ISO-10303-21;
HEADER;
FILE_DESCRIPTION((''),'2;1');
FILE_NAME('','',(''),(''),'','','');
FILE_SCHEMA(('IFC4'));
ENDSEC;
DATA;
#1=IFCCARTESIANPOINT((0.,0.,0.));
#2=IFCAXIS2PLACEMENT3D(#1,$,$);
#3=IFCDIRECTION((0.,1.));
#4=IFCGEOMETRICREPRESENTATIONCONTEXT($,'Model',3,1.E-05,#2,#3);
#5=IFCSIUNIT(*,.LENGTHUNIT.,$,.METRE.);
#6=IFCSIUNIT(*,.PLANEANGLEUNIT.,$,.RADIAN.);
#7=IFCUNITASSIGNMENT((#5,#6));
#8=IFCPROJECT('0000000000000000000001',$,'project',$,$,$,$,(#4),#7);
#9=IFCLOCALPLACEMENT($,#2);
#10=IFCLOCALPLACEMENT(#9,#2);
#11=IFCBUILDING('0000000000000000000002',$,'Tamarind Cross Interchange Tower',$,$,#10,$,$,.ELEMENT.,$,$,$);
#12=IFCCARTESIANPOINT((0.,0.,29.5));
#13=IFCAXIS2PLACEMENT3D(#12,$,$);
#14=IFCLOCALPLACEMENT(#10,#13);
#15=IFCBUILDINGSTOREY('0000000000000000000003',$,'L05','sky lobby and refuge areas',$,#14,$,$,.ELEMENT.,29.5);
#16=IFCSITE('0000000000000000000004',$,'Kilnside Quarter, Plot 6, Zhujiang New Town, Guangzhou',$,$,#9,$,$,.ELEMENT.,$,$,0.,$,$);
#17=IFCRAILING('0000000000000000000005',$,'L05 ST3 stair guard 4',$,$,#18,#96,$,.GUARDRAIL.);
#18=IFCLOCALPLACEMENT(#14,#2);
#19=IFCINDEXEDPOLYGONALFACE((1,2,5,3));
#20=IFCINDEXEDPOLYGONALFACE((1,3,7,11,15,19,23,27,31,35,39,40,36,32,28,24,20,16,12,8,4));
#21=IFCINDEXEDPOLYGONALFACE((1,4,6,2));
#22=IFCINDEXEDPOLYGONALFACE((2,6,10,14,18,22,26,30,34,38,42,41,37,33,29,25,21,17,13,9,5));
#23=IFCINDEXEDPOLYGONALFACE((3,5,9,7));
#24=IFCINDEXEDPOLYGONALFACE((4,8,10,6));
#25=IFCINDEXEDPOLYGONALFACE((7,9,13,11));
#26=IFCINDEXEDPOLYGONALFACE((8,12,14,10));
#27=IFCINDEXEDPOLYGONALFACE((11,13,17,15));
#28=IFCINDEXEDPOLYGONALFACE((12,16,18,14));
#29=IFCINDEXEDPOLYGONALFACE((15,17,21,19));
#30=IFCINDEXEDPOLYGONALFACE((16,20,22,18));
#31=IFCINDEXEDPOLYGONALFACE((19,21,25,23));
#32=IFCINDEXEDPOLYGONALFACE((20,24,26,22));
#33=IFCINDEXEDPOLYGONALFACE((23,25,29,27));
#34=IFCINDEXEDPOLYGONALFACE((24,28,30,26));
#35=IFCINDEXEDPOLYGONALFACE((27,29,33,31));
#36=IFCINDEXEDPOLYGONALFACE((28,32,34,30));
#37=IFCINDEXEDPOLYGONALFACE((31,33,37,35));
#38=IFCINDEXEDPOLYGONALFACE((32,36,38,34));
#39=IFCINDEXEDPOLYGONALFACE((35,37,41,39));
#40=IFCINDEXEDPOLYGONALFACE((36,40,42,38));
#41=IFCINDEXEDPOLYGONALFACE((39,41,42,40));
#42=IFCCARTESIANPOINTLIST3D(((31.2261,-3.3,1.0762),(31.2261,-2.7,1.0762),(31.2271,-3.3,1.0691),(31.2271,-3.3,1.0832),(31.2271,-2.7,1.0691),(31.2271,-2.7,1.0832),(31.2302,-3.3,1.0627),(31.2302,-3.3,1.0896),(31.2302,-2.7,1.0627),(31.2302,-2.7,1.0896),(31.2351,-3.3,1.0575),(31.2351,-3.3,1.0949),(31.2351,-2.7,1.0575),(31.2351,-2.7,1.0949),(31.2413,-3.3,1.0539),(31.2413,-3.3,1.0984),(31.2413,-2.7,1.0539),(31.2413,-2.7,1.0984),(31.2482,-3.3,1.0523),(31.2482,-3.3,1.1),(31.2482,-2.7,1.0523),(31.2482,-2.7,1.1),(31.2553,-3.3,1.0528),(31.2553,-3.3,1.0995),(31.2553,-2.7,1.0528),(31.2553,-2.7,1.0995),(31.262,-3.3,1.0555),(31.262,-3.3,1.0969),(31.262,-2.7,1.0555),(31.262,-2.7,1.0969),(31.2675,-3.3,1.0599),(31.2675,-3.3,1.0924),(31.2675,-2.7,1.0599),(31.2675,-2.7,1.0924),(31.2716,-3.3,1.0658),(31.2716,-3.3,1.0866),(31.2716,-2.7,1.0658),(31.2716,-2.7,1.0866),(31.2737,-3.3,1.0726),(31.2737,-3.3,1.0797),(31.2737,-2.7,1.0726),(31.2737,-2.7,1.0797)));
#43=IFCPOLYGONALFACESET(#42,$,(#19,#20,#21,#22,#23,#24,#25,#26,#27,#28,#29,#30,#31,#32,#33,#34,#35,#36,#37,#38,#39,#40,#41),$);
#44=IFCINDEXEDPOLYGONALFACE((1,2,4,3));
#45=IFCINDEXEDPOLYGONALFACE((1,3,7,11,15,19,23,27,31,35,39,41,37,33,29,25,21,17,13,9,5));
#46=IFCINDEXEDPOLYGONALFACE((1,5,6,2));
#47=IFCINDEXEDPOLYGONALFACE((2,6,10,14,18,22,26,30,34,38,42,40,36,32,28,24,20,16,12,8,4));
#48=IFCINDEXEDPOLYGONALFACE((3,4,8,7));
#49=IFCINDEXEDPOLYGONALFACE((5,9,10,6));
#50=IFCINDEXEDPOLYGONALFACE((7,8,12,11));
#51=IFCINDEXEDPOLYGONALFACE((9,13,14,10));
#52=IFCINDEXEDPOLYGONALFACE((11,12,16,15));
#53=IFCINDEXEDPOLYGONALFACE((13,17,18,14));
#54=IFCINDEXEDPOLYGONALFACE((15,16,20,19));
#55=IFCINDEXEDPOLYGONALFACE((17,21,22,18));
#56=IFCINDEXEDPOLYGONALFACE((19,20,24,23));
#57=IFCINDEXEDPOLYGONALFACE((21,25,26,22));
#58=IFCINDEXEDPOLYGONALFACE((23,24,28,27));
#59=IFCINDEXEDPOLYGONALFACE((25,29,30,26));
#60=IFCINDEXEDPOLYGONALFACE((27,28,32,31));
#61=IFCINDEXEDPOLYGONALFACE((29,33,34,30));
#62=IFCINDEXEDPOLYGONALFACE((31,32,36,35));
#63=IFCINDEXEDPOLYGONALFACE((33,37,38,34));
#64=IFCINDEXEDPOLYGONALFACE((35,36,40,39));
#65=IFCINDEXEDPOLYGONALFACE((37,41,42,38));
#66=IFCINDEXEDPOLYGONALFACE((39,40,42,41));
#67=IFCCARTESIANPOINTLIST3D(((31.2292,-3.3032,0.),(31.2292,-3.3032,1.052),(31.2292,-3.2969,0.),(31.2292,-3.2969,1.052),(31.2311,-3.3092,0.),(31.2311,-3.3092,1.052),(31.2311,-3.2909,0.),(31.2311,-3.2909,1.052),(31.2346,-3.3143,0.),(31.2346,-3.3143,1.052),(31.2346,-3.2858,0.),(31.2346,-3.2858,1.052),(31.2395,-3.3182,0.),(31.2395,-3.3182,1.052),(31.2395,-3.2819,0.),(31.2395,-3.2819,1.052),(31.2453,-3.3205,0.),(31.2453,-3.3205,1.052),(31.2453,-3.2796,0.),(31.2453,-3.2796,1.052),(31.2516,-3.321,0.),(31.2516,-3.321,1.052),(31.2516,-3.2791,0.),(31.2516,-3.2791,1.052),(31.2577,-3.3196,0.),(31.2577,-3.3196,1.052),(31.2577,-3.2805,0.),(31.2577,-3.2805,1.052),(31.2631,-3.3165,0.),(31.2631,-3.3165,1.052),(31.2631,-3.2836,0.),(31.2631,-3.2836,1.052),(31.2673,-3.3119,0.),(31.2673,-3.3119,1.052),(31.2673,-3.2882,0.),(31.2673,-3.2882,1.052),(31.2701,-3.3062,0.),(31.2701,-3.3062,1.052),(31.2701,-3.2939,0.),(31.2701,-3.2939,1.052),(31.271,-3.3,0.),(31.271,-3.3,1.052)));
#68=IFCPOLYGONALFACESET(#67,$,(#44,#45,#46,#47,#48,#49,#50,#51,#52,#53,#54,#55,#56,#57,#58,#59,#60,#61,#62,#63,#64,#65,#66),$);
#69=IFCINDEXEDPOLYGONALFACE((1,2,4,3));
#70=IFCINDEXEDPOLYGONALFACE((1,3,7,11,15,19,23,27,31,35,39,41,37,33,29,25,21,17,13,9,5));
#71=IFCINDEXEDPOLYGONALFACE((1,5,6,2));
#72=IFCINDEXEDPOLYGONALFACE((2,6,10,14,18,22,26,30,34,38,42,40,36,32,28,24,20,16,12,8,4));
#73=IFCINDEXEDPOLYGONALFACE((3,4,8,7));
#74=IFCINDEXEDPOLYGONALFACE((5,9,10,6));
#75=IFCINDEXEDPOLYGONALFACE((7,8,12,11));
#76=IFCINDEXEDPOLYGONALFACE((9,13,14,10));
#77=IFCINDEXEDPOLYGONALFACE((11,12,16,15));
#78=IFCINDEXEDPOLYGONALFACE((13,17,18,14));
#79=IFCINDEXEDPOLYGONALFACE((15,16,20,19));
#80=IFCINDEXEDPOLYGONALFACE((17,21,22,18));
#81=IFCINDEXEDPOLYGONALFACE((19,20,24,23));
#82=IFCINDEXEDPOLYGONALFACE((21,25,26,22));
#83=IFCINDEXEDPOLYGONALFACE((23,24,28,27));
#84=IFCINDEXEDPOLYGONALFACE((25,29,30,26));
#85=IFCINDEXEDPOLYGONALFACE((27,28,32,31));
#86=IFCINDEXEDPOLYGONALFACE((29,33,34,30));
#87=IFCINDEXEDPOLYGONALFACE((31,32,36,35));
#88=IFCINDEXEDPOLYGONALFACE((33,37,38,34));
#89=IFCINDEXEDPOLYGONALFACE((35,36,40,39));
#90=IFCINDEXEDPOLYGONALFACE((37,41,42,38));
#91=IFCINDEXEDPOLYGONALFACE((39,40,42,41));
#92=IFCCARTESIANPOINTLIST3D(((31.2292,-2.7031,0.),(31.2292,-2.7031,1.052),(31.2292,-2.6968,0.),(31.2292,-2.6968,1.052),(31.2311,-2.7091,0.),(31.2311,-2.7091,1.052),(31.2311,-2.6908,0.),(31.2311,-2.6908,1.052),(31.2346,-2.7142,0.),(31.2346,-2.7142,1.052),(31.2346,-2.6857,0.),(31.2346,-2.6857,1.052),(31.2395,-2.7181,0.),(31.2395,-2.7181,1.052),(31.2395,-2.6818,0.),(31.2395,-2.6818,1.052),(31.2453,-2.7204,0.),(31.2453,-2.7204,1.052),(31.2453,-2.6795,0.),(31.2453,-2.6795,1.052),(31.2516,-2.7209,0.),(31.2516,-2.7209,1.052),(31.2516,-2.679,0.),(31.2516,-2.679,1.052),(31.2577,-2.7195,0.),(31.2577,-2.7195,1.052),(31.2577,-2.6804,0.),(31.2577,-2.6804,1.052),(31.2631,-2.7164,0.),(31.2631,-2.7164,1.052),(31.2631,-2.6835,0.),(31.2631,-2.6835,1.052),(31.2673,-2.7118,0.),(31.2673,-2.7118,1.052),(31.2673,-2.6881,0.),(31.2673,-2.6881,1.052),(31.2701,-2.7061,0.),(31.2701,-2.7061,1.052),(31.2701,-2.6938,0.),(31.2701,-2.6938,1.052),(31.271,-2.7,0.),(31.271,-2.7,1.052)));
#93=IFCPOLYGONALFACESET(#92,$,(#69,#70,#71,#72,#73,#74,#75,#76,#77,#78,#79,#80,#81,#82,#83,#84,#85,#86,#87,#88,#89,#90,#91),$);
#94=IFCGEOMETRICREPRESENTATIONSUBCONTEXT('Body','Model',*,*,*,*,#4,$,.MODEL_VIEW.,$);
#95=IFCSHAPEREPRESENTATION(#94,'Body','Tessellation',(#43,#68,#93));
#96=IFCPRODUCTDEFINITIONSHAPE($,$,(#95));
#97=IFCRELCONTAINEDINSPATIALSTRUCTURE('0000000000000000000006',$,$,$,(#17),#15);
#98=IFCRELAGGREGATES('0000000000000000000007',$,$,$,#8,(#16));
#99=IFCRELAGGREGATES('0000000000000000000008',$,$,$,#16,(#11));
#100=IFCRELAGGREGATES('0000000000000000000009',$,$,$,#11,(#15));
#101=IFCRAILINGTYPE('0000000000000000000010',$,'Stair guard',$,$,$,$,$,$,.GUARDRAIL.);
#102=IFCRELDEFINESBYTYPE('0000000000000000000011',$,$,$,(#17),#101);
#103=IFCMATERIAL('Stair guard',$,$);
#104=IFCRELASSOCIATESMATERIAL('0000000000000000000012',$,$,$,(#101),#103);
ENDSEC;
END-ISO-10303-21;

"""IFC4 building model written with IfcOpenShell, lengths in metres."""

from ifc_helpers import new_model, si_unit, direction, frame, origin, origin_2d, place, context, subcontext, project, spatial, circle, extrude, material, type_object, element, save


model = new_model("IFC4")

# Units and contexts
model_context = context("Model", 3, precision=1e-05, world=origin(), true_north=direction((0.0, 1.0)))
body_context = subcontext(model_context, "Body", "Model", "MODEL_VIEW")
ifc_project = project(units=[si_unit("LENGTHUNIT", "METRE"), si_unit("PLANEANGLEUNIT", "RADIAN")], contexts=[model_context])

# Site, building, storey
site_placement = place(None, origin())
site = spatial("IfcSite", under=ifc_project, at=site_placement, Name="Kilnside Quarter, Plot 6, Zhujiang New Town, Guangzhou", CompositionType="ELEMENT", RefElevation=0.0)
building_placement = place(site_placement, origin())
building = spatial("IfcBuilding", under=site, at=building_placement, Name="Tamarind Cross Interchange Tower", CompositionType="ELEMENT")
storey_placement = place(building_placement, frame((0.0, 0.0, 29.5)))
storey = spatial("IfcBuildingStorey", under=building, at=storey_placement, Name="L05", Description="sky lobby and refuge areas", CompositionType="ELEMENT", Elevation=29.5)

# Railing
ifc_material_1 = material(Name="Stair guard")
railing_type_1 = type_object("IfcRailingType", Name="Stair guard", PredefinedType="GUARDRAIL", material=ifc_material_1)
railing_1_placement = place(storey_placement, frame((31.25, -3.3, 0.0)))
element("IfcRailing", 1, at=railing_1_placement, inside=storey, type_object=railing_type_1, Name="L05 ST3 stair guard 4", PredefinedType="GUARDRAIL", context=body_context, shape_type="SweptSolid", body=[
    extrude(circle(Radius=0.0239, at=origin_2d()), frame((0.0, 0.0, 1.0762), z_axis=(0.0, 1.0, 0.0), x_axis=(-1.0, 0.0, 0.0)), (0.0, 0.0, 1.0), 0.6001),
    extrude(circle(Radius=0.021, at=origin_2d()), origin(), (0.0, 0.0, 1.0), 1.052),
    extrude(circle(Radius=0.021, at=origin_2d()), frame((0.0, 0.6001, 0.0)), (0.0, 0.0, 1.0), 1.052),
])

save(model, "model.ifc")
